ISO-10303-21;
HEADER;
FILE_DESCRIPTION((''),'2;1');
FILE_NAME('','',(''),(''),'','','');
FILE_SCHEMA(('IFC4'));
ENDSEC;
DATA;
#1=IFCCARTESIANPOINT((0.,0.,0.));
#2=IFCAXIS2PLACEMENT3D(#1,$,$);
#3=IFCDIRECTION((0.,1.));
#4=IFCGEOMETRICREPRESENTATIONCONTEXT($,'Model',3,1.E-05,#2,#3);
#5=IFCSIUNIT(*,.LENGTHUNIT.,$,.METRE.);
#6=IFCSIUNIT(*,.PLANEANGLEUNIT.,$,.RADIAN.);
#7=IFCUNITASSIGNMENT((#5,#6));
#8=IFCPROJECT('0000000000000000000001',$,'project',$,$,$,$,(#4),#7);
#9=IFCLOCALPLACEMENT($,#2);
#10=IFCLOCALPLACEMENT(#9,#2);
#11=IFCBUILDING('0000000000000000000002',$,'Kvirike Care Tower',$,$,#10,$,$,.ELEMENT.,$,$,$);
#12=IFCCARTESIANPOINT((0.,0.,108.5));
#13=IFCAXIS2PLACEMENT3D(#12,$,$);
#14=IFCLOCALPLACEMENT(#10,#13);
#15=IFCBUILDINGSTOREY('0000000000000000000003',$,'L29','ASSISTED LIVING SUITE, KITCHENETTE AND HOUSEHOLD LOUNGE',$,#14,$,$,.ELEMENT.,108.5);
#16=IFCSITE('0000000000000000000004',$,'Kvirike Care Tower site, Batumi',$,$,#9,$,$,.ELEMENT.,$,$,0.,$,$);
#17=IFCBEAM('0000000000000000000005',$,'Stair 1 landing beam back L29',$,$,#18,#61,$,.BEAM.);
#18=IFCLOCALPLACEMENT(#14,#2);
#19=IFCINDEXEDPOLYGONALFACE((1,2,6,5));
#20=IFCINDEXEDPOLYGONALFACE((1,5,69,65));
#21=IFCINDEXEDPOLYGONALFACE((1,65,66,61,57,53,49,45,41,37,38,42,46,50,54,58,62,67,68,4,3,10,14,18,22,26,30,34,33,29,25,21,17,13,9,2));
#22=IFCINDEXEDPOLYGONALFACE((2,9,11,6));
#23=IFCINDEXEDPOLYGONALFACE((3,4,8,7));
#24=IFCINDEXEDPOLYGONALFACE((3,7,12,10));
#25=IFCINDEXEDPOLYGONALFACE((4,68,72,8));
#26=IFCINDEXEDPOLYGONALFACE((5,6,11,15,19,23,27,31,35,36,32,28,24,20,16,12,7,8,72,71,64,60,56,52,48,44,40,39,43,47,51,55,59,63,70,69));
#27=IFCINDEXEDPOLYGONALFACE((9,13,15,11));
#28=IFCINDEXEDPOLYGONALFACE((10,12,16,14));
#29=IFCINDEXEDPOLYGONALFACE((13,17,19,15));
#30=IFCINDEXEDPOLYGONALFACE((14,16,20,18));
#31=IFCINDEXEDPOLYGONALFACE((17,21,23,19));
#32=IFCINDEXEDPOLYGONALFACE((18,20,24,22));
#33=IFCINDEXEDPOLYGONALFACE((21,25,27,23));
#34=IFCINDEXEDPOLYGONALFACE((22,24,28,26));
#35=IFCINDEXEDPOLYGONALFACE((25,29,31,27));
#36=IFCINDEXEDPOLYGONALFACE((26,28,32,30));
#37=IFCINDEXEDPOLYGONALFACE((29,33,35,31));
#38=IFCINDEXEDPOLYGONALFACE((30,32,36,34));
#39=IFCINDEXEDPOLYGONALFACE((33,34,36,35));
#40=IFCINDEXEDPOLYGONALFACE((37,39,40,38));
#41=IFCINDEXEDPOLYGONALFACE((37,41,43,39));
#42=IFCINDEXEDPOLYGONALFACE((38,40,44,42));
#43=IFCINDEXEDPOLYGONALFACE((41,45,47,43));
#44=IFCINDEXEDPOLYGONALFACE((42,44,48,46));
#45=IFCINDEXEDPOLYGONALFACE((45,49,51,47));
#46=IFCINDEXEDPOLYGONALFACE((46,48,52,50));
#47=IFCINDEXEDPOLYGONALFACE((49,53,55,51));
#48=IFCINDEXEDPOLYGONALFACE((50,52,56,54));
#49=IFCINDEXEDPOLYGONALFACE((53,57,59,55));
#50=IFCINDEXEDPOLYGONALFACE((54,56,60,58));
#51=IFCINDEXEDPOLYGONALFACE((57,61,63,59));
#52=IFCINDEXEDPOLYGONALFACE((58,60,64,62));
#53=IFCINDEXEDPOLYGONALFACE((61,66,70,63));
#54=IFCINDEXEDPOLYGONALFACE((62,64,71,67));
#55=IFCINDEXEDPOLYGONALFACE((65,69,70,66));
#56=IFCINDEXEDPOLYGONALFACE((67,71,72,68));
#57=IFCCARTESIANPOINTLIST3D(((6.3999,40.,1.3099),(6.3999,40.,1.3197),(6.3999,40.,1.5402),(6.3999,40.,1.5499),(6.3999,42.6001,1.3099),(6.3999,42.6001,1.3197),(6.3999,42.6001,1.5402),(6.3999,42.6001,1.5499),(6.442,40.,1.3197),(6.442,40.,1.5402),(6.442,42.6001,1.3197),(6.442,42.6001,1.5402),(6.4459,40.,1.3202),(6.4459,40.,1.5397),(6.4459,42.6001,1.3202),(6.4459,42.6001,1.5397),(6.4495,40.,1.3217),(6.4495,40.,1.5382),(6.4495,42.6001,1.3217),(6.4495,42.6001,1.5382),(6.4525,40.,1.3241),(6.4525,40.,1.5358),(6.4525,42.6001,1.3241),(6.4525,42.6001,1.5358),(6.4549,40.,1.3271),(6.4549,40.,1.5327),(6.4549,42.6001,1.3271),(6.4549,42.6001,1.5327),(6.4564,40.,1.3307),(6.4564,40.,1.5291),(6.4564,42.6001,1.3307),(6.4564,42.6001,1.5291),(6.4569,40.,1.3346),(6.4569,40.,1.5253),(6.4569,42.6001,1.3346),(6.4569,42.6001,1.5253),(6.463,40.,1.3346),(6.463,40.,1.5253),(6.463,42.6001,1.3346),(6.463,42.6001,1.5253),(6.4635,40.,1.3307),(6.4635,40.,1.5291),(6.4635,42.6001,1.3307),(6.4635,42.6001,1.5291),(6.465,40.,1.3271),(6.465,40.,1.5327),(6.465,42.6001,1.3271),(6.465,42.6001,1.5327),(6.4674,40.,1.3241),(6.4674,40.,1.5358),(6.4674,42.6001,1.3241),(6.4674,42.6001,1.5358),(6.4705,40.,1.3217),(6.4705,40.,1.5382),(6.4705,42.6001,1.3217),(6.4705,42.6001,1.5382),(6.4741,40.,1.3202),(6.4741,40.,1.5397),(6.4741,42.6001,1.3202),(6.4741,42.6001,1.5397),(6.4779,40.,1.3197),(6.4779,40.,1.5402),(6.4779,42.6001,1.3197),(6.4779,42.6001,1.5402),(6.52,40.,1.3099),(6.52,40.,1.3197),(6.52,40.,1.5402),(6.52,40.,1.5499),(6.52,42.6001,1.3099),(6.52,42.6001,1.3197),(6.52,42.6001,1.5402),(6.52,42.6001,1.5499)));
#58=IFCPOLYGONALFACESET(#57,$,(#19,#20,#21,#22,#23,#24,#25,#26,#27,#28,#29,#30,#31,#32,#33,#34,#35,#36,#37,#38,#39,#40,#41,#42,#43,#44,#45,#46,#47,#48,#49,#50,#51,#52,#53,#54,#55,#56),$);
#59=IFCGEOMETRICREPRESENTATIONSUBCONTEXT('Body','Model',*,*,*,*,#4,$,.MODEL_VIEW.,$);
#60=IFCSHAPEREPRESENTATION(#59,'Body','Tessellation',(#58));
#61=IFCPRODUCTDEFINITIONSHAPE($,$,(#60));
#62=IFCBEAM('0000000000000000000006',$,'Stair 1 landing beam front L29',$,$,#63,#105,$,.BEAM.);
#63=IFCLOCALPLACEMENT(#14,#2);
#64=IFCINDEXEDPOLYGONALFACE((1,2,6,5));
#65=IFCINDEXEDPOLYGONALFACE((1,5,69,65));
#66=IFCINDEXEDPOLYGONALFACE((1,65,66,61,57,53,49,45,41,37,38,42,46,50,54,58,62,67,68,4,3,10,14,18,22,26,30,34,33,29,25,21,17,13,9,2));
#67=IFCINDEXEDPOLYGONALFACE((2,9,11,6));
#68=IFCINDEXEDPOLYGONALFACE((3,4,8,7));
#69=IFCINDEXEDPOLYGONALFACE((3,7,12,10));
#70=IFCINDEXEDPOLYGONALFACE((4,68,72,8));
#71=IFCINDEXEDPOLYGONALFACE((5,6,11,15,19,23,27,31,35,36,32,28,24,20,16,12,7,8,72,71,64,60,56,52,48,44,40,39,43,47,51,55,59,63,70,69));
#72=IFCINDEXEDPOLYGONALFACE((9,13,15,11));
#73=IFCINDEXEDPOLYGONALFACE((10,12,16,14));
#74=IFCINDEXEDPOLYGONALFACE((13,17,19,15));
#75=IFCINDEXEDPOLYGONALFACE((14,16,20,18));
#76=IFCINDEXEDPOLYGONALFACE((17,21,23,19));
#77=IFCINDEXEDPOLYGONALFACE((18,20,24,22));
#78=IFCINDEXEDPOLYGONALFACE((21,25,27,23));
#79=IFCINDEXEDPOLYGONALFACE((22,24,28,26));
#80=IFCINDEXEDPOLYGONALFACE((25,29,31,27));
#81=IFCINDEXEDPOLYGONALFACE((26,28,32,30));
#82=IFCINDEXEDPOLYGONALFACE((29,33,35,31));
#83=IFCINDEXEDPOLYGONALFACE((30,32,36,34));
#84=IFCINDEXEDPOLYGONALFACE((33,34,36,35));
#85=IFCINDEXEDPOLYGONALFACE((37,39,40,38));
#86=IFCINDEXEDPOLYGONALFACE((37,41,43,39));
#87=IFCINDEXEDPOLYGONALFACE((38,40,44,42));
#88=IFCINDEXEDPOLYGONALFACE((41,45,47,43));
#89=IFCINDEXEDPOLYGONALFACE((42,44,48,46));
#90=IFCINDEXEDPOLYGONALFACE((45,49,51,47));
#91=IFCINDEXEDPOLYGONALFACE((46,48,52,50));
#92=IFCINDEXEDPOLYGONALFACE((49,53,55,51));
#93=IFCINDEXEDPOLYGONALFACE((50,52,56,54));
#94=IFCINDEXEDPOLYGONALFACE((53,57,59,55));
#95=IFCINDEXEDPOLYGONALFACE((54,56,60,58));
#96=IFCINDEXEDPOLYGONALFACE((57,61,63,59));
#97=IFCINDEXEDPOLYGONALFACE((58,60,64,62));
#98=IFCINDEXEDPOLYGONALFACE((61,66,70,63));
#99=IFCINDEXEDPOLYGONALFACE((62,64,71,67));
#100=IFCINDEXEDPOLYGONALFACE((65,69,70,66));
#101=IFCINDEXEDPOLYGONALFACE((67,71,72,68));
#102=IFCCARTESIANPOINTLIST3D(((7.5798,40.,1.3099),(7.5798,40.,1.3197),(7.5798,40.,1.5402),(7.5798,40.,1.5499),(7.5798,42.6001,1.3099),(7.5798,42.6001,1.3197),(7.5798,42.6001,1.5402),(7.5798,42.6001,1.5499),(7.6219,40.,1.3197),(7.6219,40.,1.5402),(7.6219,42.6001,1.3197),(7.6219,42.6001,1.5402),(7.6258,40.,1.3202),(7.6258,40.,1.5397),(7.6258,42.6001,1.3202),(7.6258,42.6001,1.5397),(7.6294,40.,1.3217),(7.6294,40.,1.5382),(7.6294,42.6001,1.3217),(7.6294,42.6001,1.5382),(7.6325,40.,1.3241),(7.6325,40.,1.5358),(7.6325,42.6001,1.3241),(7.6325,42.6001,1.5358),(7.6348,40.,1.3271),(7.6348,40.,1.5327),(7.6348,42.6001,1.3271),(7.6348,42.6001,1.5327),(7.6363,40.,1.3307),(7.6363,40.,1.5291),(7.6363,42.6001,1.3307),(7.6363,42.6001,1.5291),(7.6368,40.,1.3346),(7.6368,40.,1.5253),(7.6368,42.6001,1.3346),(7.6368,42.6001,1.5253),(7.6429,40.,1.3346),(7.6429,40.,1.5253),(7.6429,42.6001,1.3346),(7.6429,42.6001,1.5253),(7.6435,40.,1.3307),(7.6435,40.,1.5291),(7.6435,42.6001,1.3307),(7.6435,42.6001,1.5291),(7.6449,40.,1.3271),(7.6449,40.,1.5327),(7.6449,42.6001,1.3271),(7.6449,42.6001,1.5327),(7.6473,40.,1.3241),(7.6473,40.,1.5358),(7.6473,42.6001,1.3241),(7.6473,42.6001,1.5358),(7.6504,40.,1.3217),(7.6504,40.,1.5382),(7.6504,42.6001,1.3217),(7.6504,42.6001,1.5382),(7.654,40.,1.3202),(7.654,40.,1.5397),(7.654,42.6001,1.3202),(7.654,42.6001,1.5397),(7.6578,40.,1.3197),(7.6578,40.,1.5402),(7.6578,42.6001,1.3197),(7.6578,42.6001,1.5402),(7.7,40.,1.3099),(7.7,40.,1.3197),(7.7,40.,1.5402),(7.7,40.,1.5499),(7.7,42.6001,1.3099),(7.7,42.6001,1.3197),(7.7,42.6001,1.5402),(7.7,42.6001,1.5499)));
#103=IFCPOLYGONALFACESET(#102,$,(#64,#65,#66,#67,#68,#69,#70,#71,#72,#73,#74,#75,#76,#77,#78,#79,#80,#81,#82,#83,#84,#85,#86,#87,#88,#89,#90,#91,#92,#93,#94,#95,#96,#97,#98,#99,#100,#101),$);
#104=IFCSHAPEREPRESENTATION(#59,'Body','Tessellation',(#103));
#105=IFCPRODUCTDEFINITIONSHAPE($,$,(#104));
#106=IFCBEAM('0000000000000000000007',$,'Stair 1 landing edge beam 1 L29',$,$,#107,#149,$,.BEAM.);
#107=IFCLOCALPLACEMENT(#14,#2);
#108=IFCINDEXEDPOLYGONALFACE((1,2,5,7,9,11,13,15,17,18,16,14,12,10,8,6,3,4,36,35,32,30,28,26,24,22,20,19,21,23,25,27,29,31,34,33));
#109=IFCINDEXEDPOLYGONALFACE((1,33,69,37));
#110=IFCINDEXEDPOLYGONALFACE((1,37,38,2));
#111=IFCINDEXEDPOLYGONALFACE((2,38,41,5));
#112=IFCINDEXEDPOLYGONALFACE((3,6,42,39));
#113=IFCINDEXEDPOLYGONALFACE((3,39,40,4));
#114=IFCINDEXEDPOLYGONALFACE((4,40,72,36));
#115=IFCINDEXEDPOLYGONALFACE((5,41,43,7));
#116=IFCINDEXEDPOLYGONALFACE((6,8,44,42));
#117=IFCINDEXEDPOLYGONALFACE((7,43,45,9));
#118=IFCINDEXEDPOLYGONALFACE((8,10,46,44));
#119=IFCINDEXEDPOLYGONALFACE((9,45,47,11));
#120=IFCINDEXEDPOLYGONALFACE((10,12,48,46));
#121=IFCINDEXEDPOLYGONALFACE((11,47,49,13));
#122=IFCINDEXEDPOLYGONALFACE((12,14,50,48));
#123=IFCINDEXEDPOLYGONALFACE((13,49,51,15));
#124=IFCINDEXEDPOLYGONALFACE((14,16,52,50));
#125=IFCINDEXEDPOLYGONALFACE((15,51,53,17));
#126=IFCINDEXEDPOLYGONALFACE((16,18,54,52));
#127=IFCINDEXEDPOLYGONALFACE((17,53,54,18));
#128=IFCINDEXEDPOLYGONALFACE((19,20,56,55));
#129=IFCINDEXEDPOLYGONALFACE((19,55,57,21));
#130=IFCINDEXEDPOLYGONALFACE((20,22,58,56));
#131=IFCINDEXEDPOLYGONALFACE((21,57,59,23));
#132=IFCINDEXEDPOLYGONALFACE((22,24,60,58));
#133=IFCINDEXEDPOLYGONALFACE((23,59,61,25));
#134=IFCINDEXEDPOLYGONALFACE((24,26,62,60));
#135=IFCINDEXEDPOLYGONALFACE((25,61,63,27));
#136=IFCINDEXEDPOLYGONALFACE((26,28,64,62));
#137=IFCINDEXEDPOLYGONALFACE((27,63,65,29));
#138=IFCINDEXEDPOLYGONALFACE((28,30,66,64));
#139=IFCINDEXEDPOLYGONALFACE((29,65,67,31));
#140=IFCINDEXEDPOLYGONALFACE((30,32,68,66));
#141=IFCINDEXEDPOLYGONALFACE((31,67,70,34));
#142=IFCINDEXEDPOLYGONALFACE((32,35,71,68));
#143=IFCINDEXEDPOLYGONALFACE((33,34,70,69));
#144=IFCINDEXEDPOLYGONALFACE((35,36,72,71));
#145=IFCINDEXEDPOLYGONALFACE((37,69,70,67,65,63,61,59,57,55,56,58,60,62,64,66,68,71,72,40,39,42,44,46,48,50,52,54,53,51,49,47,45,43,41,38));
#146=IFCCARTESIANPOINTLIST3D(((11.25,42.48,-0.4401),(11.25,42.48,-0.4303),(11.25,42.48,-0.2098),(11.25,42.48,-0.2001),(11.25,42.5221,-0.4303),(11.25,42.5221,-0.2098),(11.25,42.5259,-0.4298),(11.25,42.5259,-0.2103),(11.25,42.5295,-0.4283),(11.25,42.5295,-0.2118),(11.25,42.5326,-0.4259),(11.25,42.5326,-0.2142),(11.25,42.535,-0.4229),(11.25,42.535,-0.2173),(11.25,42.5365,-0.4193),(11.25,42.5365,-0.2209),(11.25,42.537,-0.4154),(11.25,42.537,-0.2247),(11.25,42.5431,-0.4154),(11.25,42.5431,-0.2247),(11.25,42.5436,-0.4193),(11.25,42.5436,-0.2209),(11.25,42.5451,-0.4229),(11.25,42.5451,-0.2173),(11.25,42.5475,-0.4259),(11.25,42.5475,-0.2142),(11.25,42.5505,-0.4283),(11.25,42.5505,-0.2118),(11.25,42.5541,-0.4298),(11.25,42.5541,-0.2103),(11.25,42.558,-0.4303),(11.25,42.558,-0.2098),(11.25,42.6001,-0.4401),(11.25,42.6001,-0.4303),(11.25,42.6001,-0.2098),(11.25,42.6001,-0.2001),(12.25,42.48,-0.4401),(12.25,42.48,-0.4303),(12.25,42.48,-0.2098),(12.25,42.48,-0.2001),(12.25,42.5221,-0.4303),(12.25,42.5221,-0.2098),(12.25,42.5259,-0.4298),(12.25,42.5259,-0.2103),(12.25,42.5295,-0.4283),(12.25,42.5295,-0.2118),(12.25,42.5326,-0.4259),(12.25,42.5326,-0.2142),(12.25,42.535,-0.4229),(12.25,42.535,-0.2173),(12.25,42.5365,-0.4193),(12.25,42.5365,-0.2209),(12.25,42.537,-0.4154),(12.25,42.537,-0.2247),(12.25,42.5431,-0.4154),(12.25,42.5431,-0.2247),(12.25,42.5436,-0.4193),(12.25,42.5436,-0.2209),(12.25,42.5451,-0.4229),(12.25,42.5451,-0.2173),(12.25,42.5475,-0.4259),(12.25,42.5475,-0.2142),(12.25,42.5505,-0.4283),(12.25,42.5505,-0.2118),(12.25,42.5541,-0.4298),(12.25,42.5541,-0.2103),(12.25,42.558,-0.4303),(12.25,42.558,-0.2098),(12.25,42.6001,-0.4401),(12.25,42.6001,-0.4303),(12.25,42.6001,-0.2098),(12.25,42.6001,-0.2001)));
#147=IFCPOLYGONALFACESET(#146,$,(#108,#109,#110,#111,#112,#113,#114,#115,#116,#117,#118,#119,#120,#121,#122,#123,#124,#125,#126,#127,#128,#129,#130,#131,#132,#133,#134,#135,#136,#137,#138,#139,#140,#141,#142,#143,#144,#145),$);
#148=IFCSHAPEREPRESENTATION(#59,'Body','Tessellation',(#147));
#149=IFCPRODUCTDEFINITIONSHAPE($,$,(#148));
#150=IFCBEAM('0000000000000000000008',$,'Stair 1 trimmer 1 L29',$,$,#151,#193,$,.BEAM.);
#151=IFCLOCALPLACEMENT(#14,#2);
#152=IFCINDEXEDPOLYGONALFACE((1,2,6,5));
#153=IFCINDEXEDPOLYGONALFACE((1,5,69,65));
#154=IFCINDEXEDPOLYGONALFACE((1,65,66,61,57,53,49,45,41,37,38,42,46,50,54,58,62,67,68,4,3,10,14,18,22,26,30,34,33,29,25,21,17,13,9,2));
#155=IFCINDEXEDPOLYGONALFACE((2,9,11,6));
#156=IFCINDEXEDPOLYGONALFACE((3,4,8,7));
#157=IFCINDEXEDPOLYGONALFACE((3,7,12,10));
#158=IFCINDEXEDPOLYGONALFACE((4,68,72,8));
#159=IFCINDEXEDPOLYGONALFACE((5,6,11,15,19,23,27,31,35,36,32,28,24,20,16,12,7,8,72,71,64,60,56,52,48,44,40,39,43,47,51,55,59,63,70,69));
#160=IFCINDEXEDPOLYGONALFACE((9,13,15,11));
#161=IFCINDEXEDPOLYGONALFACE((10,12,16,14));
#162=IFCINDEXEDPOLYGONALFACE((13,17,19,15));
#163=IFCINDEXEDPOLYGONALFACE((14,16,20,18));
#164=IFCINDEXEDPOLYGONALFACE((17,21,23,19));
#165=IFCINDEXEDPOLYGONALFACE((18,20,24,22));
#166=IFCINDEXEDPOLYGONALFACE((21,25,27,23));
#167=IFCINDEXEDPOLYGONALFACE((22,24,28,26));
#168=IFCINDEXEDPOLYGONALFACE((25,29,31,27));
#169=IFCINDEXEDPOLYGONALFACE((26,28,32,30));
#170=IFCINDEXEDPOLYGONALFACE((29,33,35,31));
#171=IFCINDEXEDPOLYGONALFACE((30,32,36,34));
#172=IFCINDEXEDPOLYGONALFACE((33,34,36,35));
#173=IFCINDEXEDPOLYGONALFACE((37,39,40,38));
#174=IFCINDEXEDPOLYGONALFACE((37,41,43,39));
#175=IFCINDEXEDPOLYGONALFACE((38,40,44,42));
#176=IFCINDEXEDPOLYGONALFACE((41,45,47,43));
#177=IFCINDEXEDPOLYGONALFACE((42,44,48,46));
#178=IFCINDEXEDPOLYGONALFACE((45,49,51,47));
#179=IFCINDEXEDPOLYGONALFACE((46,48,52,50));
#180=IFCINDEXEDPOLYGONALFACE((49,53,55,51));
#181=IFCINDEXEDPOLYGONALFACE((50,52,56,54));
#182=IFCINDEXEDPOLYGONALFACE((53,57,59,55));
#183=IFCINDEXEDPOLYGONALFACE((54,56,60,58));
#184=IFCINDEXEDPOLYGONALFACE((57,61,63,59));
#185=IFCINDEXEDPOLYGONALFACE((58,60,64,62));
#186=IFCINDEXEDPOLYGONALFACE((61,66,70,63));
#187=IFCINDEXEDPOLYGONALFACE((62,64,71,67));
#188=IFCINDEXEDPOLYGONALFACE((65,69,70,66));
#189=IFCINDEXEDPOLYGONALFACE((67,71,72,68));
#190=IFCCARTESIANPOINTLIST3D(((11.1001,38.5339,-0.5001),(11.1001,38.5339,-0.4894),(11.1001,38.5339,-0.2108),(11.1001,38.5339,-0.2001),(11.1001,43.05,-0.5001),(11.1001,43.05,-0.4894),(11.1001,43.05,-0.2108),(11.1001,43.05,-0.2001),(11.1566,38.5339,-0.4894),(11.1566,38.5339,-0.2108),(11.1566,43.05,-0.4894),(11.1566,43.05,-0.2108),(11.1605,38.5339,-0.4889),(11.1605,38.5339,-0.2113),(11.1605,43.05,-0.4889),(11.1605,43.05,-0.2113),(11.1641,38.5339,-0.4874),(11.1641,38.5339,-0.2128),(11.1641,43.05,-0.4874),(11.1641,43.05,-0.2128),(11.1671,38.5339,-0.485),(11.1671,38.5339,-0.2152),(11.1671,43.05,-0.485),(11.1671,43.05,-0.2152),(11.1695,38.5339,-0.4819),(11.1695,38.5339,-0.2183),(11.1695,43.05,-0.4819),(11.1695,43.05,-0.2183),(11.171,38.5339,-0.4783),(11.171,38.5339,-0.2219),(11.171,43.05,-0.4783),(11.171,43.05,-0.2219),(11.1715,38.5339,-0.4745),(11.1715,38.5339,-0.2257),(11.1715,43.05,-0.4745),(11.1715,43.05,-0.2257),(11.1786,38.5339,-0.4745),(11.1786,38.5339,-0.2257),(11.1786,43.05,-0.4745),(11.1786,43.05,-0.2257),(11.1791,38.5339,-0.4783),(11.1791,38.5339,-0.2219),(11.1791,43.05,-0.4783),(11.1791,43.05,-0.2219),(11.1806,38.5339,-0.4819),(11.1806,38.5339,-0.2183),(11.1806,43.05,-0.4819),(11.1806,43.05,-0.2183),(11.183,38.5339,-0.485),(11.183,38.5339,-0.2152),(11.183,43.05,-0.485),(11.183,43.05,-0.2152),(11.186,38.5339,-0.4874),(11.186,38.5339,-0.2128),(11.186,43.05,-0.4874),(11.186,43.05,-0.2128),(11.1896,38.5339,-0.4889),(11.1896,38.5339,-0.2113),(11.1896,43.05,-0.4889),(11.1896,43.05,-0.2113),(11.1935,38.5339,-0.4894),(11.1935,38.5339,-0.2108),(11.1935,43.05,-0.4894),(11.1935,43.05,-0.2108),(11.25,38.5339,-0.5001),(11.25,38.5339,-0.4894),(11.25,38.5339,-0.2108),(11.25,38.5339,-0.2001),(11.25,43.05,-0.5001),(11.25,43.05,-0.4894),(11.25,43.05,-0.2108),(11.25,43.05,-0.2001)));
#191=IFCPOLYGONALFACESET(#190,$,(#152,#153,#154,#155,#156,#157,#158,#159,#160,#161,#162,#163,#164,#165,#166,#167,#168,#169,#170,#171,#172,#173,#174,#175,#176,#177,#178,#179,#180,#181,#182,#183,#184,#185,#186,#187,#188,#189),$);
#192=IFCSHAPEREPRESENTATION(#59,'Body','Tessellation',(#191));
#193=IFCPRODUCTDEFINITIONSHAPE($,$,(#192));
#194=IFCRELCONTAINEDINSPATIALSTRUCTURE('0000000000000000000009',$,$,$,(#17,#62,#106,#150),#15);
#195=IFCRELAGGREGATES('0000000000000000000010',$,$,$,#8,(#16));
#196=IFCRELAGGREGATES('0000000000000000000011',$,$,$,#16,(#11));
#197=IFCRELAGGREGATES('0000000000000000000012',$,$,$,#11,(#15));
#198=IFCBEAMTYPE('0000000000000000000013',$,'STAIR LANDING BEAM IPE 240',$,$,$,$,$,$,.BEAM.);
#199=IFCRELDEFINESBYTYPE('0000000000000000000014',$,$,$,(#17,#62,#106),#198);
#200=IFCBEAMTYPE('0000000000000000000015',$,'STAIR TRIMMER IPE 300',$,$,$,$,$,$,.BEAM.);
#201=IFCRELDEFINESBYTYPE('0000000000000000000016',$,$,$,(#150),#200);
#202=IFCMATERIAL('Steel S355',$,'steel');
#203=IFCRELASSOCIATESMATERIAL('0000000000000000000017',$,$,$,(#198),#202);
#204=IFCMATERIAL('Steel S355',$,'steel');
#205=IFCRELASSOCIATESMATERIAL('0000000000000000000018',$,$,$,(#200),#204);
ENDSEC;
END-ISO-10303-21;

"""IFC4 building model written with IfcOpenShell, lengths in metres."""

from ifc_helpers import new_model, si_unit, direction, frame, origin, origin_2d, place, context, subcontext, project, spatial, i_section, extrude, material, material_profile, profile_set, type_object, element, save


model = new_model("IFC4")

# Units and contexts
model_context = context("Model", 3, precision=1e-05, world=origin(), true_north=direction((0.0, 1.0)))
body_context = subcontext(model_context, "Body", "Model", "MODEL_VIEW")
ifc_project = project(units=[si_unit("LENGTHUNIT", "METRE"), si_unit("PLANEANGLEUNIT", "RADIAN")], contexts=[model_context])

# Site, building, storey
site_placement = place(None, origin())
site = spatial("IfcSite", under=ifc_project, at=site_placement, Name="Kvirike Care Tower site, Batumi", CompositionType="ELEMENT", RefElevation=0.0)
building_placement = place(site_placement, origin())
building = spatial("IfcBuilding", under=site, at=building_placement, Name="Kvirike Care Tower", CompositionType="ELEMENT")
storey_placement = place(building_placement, frame((0.0, 0.0, 108.5)))
storey = spatial("IfcBuildingStorey", under=building, at=storey_placement, Name="L29", Description="ASSISTED LIVING SUITE, KITCHENETTE AND HOUSEHOLD LOUNGE", CompositionType="ELEMENT", Elevation=108.5)

# Beams
ifc_material_1 = material(Name="Steel S355", Category="steel")
ifc_material_profile_1 = material_profile(ifc_material_1, i_section(OverallWidth=0.1201, OverallDepth=0.24, WebThickness=0.0061, FlangeThickness=0.0098, FilletRadius=0.0149, at=origin_2d()), Name="IPE 240")
ifc_profile_set_1 = profile_set([ifc_material_profile_1], Name="Steel S355")
beam_type_1 = type_object("IfcBeamType", Name="STAIR LANDING BEAM IPE 240", PredefinedType="BEAM", material=ifc_profile_set_1)
for number, where, z_axis, x_axis, name in (
    (1, (6.46, 42.6001, 1.4299), (0.0, -1.0, 0.0), (1.0, 0.0, 0.0), "Stair 1 landing beam back L29"),
    (2, (7.6399, 42.6001, 1.4299), (0.0, -1.0, 0.0), (1.0, 0.0, 0.0), "Stair 1 landing beam front L29"),
):
    element("IfcBeam", number, at=place(storey_placement, frame(where, z_axis=z_axis, x_axis=x_axis)), inside=storey, type_object=beam_type_1, Name=name, PredefinedType="BEAM", context=body_context, shape_type="SweptSolid", body=[
        extrude(i_section(OverallWidth=0.1201, OverallDepth=0.24, WebThickness=0.0061, FlangeThickness=0.0098, FilletRadius=0.0149, at=origin_2d()), origin(), (0.0, 0.0, 1.0), 2.6001),
    ])
beam_1_placement = place(storey_placement, frame((11.25, 42.54, -0.3201), z_axis=(1.0, 0.0, 0.0), x_axis=(0.0, 1.0, 0.0)))
element("IfcBeam", 3, at=beam_1_placement, inside=storey, type_object=beam_type_1, Name="Stair 1 landing edge beam 1 L29", PredefinedType="BEAM", context=body_context, shape_type="SweptSolid", body=[
    extrude(i_section(OverallWidth=0.1201, OverallDepth=0.24, WebThickness=0.0061, FlangeThickness=0.0098, FilletRadius=0.0149, at=origin_2d()), origin(), (0.0, 0.0, 1.0), 1.0),
])
ifc_material_2 = material(Name="Steel S355", Category="steel")
ifc_material_profile_2 = material_profile(ifc_material_2, i_section(OverallWidth=0.1499, OverallDepth=0.3, WebThickness=0.0071, FlangeThickness=0.0107, FilletRadius=0.0149, at=origin_2d()), Name="IPE 300")
ifc_profile_set_2 = profile_set([ifc_material_profile_2], Name="Steel S355")
beam_type_2 = type_object("IfcBeamType", Name="STAIR TRIMMER IPE 300", PredefinedType="BEAM", material=ifc_profile_set_2)
for number, where, z_axis, x_axis, name in (
    (4, (11.175, 43.05, -0.3501), (0.0, -1.0, 0.0), (1.0, 0.0, 0.0), "Stair 1 trimmer 1 L29"),
):
    element("IfcBeam", number, at=place(storey_placement, frame(where, z_axis=z_axis, x_axis=x_axis)), inside=storey, type_object=beam_type_2, Name=name, PredefinedType="BEAM", context=body_context, shape_type="SweptSolid", body=[
        extrude(i_section(OverallWidth=0.1499, OverallDepth=0.3, WebThickness=0.0071, FlangeThickness=0.0107, FilletRadius=0.0149, at=origin_2d()), origin(), (0.0, 0.0, 1.0), 4.5161),
    ])

save(model, "model.ifc")
